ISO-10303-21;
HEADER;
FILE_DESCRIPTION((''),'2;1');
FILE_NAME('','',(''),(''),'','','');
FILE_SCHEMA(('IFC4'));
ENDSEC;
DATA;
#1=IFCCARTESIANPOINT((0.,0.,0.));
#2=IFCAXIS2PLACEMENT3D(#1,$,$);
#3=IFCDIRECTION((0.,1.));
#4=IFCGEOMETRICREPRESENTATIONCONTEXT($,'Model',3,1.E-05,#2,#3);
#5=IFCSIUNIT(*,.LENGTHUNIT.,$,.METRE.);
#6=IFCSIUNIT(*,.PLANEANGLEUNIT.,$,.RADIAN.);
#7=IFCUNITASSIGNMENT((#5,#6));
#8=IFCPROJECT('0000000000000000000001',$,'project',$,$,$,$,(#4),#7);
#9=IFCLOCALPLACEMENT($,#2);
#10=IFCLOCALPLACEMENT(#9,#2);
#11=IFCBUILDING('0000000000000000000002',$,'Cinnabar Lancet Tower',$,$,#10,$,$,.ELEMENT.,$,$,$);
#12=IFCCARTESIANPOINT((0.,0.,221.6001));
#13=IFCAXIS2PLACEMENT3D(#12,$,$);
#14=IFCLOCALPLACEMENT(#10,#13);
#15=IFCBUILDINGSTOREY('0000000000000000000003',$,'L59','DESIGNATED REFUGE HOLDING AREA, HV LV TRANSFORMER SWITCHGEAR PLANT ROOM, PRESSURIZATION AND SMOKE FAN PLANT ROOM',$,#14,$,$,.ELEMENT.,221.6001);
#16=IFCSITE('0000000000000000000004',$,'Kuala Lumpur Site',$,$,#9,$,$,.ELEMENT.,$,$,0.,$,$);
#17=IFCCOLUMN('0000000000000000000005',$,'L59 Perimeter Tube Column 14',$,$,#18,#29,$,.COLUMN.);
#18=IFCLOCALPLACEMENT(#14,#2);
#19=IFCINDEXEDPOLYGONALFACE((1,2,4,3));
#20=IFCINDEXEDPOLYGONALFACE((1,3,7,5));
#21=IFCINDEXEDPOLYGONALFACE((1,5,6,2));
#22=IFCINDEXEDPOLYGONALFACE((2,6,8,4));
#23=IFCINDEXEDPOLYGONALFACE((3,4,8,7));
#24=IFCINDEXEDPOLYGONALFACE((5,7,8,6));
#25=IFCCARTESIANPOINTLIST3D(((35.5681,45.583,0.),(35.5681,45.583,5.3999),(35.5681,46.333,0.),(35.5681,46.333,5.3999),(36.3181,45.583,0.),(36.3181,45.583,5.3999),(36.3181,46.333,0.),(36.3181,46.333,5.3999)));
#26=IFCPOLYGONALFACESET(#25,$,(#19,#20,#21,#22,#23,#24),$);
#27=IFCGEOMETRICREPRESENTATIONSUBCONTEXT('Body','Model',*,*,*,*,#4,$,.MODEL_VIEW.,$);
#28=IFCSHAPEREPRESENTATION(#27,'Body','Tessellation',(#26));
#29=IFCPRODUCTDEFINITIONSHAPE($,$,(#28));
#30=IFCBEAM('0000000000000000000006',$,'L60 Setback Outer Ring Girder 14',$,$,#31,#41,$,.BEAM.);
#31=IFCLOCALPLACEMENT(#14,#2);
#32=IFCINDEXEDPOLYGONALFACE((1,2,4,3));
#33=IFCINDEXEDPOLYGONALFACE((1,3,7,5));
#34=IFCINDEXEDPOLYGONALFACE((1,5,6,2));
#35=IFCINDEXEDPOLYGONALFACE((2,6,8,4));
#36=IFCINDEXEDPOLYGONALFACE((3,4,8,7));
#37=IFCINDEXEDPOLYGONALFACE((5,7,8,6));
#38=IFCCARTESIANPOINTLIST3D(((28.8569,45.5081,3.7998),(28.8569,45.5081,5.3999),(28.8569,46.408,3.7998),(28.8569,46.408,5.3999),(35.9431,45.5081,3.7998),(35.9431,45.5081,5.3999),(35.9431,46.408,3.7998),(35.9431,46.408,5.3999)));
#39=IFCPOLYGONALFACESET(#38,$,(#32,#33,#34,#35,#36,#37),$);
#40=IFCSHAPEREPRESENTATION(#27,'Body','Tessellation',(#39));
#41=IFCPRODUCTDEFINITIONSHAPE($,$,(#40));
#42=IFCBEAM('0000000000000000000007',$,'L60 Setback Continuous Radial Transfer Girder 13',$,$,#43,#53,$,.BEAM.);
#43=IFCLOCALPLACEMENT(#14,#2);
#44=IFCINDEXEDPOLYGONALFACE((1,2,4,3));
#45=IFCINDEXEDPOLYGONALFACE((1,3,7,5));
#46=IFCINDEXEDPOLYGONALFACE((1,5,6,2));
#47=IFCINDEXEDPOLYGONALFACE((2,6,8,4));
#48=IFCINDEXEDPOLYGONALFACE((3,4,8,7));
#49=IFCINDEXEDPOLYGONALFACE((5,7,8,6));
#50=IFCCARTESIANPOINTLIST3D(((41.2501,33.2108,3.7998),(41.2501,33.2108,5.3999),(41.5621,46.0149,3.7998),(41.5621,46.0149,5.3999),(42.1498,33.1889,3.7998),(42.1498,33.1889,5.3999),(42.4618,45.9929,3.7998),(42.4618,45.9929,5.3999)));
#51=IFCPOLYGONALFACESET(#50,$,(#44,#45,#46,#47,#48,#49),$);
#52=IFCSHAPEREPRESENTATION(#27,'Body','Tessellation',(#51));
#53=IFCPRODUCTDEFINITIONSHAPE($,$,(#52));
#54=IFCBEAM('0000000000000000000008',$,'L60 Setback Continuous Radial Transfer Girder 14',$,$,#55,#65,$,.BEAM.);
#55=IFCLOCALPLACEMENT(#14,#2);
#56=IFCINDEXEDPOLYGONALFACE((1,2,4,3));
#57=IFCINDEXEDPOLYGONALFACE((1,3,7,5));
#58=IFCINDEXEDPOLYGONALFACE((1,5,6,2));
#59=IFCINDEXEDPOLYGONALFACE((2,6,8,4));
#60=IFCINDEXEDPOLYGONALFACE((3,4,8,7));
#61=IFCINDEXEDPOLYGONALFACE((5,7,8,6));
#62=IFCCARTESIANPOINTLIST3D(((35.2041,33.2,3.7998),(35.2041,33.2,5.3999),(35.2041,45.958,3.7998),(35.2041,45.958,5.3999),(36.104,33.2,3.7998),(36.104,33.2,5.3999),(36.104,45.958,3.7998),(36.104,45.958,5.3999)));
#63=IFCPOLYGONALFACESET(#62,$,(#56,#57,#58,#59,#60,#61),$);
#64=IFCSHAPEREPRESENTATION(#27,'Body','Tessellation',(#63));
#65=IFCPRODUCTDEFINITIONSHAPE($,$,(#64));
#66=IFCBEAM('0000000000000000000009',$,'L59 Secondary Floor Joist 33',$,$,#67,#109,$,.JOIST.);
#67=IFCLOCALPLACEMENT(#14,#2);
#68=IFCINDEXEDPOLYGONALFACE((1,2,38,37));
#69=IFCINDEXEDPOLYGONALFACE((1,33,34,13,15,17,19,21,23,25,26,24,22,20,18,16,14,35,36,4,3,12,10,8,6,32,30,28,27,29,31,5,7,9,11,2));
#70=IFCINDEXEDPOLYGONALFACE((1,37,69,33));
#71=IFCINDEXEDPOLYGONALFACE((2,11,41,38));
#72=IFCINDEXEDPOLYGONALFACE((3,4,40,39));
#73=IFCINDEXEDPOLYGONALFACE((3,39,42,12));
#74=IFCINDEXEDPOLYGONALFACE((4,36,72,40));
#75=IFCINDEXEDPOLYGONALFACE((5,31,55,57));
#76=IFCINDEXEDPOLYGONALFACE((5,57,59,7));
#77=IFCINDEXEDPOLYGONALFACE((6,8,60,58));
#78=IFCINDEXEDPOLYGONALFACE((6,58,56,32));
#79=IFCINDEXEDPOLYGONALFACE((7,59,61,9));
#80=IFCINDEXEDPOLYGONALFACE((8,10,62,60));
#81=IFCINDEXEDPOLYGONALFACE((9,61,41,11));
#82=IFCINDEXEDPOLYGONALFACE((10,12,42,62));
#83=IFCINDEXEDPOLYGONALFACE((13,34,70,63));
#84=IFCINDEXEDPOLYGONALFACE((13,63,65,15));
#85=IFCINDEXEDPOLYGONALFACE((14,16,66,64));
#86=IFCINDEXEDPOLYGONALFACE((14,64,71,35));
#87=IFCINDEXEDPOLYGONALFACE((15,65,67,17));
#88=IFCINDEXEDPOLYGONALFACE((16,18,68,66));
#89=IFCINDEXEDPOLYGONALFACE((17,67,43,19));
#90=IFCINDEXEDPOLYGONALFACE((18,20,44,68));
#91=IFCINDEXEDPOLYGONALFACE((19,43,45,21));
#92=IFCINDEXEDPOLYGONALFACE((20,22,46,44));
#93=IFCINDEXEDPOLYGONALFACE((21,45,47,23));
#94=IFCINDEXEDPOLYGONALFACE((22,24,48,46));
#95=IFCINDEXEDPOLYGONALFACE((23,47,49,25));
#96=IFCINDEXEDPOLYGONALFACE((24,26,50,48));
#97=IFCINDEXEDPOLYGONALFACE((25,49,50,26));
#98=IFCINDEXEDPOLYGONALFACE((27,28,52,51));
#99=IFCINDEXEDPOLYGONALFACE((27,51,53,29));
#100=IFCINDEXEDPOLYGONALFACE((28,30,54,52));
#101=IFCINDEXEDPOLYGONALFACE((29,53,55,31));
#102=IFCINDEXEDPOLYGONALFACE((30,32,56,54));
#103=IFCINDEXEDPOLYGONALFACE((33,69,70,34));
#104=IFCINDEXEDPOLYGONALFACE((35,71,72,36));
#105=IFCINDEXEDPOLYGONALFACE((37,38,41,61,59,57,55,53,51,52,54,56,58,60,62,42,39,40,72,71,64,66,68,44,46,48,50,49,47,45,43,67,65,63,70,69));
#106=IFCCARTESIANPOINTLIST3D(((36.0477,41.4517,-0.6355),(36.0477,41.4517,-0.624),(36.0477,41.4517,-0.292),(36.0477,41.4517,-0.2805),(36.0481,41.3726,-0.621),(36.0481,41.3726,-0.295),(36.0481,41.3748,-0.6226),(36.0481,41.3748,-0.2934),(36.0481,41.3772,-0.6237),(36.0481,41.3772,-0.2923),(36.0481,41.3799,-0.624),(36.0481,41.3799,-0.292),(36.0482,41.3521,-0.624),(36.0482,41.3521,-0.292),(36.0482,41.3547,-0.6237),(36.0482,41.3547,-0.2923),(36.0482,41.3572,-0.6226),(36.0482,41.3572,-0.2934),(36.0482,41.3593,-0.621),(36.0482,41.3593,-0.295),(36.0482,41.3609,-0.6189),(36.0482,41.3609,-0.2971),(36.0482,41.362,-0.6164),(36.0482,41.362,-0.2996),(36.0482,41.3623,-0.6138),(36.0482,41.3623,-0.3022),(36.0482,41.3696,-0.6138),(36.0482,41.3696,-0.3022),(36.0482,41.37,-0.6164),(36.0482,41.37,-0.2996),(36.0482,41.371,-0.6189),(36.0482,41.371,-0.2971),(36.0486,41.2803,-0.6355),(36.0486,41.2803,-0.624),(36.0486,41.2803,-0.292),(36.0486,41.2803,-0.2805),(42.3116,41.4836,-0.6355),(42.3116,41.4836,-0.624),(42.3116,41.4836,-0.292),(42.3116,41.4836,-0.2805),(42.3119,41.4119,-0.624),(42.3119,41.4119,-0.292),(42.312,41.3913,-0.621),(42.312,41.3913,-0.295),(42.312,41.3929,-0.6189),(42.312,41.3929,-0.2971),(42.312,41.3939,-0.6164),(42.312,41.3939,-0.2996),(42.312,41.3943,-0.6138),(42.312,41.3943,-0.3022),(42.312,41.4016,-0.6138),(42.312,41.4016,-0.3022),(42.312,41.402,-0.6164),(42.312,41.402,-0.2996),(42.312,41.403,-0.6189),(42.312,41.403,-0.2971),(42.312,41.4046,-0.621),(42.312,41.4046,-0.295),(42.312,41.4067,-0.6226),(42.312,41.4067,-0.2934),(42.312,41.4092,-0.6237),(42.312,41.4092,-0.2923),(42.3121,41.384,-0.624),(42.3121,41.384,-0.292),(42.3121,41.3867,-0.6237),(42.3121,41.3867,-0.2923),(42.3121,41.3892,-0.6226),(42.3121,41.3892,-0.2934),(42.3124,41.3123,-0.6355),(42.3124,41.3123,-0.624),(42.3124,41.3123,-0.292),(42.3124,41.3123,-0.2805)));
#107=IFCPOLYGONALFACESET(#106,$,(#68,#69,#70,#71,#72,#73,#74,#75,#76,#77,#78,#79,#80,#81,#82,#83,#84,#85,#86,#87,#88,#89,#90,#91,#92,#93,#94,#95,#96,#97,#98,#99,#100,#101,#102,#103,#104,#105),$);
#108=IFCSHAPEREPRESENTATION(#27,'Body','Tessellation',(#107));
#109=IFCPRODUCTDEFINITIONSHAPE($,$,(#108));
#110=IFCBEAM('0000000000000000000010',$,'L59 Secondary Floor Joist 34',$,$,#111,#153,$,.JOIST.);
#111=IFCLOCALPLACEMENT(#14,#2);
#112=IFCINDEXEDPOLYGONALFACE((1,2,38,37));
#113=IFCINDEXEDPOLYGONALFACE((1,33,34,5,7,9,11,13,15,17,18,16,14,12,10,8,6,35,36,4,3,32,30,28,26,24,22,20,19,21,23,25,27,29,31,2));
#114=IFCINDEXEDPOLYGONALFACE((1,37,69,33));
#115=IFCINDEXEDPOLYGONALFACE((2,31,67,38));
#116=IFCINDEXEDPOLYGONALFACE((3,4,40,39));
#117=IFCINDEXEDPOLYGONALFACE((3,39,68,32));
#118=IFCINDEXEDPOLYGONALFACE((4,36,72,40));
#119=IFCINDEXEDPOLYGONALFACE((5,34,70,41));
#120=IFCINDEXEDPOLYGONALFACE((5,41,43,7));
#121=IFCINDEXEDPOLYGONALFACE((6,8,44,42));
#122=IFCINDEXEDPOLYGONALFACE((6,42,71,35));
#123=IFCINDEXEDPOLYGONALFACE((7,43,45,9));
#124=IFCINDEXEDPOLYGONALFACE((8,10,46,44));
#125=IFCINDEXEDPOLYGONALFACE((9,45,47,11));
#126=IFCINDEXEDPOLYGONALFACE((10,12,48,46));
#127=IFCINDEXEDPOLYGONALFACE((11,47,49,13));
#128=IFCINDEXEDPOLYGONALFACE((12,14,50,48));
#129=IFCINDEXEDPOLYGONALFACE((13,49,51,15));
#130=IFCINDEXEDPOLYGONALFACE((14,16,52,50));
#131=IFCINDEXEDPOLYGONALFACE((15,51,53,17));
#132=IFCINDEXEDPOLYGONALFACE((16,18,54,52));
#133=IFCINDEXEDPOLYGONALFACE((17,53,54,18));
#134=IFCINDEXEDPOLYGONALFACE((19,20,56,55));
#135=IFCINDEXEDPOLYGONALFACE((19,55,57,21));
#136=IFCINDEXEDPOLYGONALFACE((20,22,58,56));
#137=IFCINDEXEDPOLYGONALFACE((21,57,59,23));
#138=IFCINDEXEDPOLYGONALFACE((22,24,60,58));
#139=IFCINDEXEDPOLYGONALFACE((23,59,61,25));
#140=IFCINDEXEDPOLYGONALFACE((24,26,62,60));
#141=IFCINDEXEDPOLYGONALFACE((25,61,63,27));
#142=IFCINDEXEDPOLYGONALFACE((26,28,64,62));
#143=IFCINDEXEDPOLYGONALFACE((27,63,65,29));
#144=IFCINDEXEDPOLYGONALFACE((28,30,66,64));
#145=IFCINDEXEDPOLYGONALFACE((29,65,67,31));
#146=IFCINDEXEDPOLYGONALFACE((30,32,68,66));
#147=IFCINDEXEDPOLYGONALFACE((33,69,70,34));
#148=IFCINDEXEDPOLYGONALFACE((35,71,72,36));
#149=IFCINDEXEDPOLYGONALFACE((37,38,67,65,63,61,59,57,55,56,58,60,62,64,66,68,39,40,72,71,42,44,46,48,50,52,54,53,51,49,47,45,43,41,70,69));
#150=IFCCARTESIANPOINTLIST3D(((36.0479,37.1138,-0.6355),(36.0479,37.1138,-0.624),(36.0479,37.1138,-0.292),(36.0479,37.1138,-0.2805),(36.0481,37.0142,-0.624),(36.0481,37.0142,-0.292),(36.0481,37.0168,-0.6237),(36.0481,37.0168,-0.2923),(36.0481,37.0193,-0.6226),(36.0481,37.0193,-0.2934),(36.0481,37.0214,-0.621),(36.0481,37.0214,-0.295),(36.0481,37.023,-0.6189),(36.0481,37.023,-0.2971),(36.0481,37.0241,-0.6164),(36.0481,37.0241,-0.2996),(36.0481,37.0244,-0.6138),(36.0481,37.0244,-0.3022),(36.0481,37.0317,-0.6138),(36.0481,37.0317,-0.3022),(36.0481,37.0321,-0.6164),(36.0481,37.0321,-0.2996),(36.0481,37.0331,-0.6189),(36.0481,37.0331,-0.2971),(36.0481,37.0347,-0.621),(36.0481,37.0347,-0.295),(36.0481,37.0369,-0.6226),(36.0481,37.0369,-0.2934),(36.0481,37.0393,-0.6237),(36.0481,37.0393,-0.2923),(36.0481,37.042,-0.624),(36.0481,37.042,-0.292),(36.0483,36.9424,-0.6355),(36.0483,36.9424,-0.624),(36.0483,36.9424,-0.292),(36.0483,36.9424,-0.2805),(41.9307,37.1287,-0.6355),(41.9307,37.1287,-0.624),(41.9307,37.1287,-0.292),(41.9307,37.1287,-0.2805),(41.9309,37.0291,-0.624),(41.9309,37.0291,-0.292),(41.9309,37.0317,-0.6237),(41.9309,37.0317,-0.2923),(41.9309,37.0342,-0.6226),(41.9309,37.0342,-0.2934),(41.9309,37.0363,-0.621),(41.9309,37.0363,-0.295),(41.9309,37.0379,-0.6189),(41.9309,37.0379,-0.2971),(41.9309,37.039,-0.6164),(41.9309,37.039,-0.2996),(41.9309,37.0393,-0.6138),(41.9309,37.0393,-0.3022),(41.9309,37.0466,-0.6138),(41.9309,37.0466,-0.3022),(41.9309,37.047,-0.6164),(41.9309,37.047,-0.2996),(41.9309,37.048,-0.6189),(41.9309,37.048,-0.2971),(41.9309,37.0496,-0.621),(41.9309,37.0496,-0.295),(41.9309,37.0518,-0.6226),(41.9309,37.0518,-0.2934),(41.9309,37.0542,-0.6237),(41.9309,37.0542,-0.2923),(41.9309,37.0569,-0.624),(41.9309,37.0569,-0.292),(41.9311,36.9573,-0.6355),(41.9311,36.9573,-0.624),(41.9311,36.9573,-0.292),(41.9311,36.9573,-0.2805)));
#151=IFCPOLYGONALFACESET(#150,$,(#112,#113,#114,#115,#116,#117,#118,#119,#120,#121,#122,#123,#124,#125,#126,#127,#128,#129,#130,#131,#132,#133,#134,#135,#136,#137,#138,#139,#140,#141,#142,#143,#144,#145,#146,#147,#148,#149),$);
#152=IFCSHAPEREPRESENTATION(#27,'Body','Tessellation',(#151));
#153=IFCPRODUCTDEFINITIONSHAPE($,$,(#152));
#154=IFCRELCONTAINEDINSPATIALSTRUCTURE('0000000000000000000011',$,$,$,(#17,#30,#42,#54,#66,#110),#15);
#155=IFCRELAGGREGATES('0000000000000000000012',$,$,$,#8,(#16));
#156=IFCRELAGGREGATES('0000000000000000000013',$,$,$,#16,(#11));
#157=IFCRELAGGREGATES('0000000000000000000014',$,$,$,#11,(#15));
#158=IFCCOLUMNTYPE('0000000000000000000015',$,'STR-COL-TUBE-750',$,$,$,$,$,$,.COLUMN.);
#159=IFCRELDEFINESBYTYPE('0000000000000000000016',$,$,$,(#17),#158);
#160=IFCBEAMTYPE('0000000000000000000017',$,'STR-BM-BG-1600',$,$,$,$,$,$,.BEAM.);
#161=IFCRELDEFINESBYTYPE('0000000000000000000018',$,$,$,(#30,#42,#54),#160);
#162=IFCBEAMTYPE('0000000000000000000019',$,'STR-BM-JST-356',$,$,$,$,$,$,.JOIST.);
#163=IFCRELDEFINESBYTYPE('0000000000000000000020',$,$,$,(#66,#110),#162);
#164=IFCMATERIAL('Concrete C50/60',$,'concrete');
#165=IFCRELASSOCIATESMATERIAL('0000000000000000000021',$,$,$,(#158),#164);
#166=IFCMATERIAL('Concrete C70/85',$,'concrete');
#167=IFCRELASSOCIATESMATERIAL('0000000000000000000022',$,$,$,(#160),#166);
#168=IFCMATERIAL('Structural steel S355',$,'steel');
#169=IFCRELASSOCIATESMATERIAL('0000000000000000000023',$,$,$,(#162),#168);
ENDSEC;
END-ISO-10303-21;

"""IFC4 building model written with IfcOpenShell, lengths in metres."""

from ifc_helpers import new_model, si_unit, direction, frame, origin, origin_2d, place, context, subcontext, project, spatial, rectangle, i_section, extrude, material, material_profile, profile_set, type_object, element, save


model = new_model("IFC4")

# Units and contexts
model_context = context("Model", 3, precision=1e-05, world=origin(), true_north=direction((0.0, 1.0)))
body_context = subcontext(model_context, "Body", "Model", "MODEL_VIEW")
ifc_project = project(units=[si_unit("LENGTHUNIT", "METRE"), si_unit("PLANEANGLEUNIT", "RADIAN")], contexts=[model_context])

# Site, building, storey
site_placement = place(None, origin())
site = spatial("IfcSite", under=ifc_project, at=site_placement, Name="Kuala Lumpur Site", CompositionType="ELEMENT", RefElevation=0.0)
building_placement = place(site_placement, origin())
building = spatial("IfcBuilding", under=site, at=building_placement, Name="Cinnabar Lancet Tower", CompositionType="ELEMENT")
storey_placement = place(building_placement, frame((0.0, 0.0, 221.6001)))
storey = spatial("IfcBuildingStorey", under=building, at=storey_placement, Name="L59", Description="DESIGNATED REFUGE HOLDING AREA, HV LV TRANSFORMER SWITCHGEAR PLANT ROOM, PRESSURIZATION AND SMOKE FAN PLANT ROOM", CompositionType="ELEMENT", Elevation=221.6001)

# Column
ifc_material_1 = material(Name="Concrete C50/60", Category="concrete")
ifc_material_profile_1 = material_profile(ifc_material_1, rectangle(XDim=0.75, YDim=0.75, at=origin_2d()), Name="RC-COL 750x750")
ifc_profile_set_1 = profile_set([ifc_material_profile_1], Name="Concrete C50/60")
column_type = type_object("IfcColumnType", Name="STR-COL-TUBE-750", PredefinedType="COLUMN", material=ifc_profile_set_1)
column_placement = place(storey_placement, frame((35.9431, 45.958, 0.0), z_axis=(0.0, 0.0, 1.0), x_axis=(1.0, 0.0, 0.0)))
element("IfcColumn", 1, at=column_placement, inside=storey, type_object=column_type, Name="L59 Perimeter Tube Column 14", PredefinedType="COLUMN", context=body_context, shape_type="SweptSolid", body=[
    extrude(rectangle(XDim=0.75, YDim=0.75, at=origin_2d()), origin(), (0.0, 0.0, 1.0), 5.3999),
])

# Beams
ifc_material_2 = material(Name="Concrete C70/85", Category="concrete")
ifc_material_profile_2 = material_profile(ifc_material_2, rectangle(XDim=0.8999, YDim=1.6001, at=origin_2d()), Name="RC-BG 900x1600")
ifc_profile_set_2 = profile_set([ifc_material_profile_2], Name="Concrete C70/85")
beam_type_1 = type_object("IfcBeamType", Name="STR-BM-BG-1600", PredefinedType="BEAM", material=ifc_profile_set_2)
beam_1_placement = place(storey_placement, frame((35.9431, 45.958, 4.5999), z_axis=(-1.0, 0.0, 0.0), x_axis=(0.0, -1.0, 0.0)))
element("IfcBeam", 2, at=beam_1_placement, inside=storey, type_object=beam_type_1, Name="L60 Setback Outer Ring Girder 14", PredefinedType="BEAM", context=body_context, shape_type="SweptSolid", body=[
    extrude(rectangle(XDim=0.8999, YDim=1.6001, at=origin_2d()), origin(), (0.0, 0.0, 1.0), 7.0862),
])
beam_2_placement = place(storey_placement, frame((42.012, 46.0039, 4.5999), z_axis=(-0.024361, -0.999703, 0.0), x_axis=(0.999703, -0.024361, 0.0)))
element("IfcBeam", 3, at=beam_2_placement, inside=storey, type_object=beam_type_1, Name="L60 Setback Continuous Radial Transfer Girder 13", PredefinedType="BEAM", context=body_context, shape_type="SweptSolid", body=[
    extrude(rectangle(XDim=0.8999, YDim=1.6001, at=origin_2d()), origin(), (0.0, 0.0, 1.0), 12.8079),
])
beam_3_placement = place(storey_placement, frame((35.6541, 45.958, 4.5999), z_axis=(0.0, -1.0, 0.0), x_axis=(1.0, 0.0, 0.0)))
element("IfcBeam", 4, at=beam_3_placement, inside=storey, type_object=beam_type_1, Name="L60 Setback Continuous Radial Transfer Girder 14", PredefinedType="BEAM", context=body_context, shape_type="SweptSolid", body=[
    extrude(rectangle(XDim=0.8999, YDim=1.6001, at=origin_2d()), origin(), (0.0, 0.0, 1.0), 12.7581),
])
ifc_material_3 = material(Name="Structural steel S355", Category="steel")
ifc_material_profile_3 = material_profile(ifc_material_3, i_section(OverallWidth=0.1714, OverallDepth=0.355, WebThickness=0.0073, FlangeThickness=0.0115, FilletRadius=0.0103, at=origin_2d()), Name="UKB 356x171x51")
ifc_profile_set_3 = profile_set([ifc_material_profile_3], Name="Structural steel S355")
beam_type_2 = type_object("IfcBeamType", Name="STR-BM-JST-356", PredefinedType="JOIST", material=ifc_profile_set_3)
beam_4_placement = place(storey_placement, frame((42.312, 41.3979, -0.458), z_axis=(-0.999987, -0.005106, 0.0), x_axis=(0.005106, -0.999987, 0.0)))
element("IfcBeam", 5, at=beam_4_placement, inside=storey, type_object=beam_type_2, Name="L59 Secondary Floor Joist 33", PredefinedType="JOIST", context=body_context, shape_type="SweptSolid", body=[
    extrude(i_section(OverallWidth=0.1714, OverallDepth=0.355, WebThickness=0.0073, FlangeThickness=0.0115, FilletRadius=0.0103, at=origin_2d()), origin(), (0.0, 0.0, 1.0), 6.2639),
])
beam_5_placement = place(storey_placement, frame((41.9309, 37.043, -0.458), z_axis=(-0.999997, -0.002532, 0.0), x_axis=(0.002532, -0.999997, 0.0)))
element("IfcBeam", 6, at=beam_5_placement, inside=storey, type_object=beam_type_2, Name="L59 Secondary Floor Joist 34", PredefinedType="JOIST", context=body_context, shape_type="SweptSolid", body=[
    extrude(i_section(OverallWidth=0.1714, OverallDepth=0.355, WebThickness=0.0073, FlangeThickness=0.0115, FilletRadius=0.0103, at=origin_2d()), origin(), (0.0, 0.0, 1.0), 5.8828),
])

save(model, "model.ifc")
